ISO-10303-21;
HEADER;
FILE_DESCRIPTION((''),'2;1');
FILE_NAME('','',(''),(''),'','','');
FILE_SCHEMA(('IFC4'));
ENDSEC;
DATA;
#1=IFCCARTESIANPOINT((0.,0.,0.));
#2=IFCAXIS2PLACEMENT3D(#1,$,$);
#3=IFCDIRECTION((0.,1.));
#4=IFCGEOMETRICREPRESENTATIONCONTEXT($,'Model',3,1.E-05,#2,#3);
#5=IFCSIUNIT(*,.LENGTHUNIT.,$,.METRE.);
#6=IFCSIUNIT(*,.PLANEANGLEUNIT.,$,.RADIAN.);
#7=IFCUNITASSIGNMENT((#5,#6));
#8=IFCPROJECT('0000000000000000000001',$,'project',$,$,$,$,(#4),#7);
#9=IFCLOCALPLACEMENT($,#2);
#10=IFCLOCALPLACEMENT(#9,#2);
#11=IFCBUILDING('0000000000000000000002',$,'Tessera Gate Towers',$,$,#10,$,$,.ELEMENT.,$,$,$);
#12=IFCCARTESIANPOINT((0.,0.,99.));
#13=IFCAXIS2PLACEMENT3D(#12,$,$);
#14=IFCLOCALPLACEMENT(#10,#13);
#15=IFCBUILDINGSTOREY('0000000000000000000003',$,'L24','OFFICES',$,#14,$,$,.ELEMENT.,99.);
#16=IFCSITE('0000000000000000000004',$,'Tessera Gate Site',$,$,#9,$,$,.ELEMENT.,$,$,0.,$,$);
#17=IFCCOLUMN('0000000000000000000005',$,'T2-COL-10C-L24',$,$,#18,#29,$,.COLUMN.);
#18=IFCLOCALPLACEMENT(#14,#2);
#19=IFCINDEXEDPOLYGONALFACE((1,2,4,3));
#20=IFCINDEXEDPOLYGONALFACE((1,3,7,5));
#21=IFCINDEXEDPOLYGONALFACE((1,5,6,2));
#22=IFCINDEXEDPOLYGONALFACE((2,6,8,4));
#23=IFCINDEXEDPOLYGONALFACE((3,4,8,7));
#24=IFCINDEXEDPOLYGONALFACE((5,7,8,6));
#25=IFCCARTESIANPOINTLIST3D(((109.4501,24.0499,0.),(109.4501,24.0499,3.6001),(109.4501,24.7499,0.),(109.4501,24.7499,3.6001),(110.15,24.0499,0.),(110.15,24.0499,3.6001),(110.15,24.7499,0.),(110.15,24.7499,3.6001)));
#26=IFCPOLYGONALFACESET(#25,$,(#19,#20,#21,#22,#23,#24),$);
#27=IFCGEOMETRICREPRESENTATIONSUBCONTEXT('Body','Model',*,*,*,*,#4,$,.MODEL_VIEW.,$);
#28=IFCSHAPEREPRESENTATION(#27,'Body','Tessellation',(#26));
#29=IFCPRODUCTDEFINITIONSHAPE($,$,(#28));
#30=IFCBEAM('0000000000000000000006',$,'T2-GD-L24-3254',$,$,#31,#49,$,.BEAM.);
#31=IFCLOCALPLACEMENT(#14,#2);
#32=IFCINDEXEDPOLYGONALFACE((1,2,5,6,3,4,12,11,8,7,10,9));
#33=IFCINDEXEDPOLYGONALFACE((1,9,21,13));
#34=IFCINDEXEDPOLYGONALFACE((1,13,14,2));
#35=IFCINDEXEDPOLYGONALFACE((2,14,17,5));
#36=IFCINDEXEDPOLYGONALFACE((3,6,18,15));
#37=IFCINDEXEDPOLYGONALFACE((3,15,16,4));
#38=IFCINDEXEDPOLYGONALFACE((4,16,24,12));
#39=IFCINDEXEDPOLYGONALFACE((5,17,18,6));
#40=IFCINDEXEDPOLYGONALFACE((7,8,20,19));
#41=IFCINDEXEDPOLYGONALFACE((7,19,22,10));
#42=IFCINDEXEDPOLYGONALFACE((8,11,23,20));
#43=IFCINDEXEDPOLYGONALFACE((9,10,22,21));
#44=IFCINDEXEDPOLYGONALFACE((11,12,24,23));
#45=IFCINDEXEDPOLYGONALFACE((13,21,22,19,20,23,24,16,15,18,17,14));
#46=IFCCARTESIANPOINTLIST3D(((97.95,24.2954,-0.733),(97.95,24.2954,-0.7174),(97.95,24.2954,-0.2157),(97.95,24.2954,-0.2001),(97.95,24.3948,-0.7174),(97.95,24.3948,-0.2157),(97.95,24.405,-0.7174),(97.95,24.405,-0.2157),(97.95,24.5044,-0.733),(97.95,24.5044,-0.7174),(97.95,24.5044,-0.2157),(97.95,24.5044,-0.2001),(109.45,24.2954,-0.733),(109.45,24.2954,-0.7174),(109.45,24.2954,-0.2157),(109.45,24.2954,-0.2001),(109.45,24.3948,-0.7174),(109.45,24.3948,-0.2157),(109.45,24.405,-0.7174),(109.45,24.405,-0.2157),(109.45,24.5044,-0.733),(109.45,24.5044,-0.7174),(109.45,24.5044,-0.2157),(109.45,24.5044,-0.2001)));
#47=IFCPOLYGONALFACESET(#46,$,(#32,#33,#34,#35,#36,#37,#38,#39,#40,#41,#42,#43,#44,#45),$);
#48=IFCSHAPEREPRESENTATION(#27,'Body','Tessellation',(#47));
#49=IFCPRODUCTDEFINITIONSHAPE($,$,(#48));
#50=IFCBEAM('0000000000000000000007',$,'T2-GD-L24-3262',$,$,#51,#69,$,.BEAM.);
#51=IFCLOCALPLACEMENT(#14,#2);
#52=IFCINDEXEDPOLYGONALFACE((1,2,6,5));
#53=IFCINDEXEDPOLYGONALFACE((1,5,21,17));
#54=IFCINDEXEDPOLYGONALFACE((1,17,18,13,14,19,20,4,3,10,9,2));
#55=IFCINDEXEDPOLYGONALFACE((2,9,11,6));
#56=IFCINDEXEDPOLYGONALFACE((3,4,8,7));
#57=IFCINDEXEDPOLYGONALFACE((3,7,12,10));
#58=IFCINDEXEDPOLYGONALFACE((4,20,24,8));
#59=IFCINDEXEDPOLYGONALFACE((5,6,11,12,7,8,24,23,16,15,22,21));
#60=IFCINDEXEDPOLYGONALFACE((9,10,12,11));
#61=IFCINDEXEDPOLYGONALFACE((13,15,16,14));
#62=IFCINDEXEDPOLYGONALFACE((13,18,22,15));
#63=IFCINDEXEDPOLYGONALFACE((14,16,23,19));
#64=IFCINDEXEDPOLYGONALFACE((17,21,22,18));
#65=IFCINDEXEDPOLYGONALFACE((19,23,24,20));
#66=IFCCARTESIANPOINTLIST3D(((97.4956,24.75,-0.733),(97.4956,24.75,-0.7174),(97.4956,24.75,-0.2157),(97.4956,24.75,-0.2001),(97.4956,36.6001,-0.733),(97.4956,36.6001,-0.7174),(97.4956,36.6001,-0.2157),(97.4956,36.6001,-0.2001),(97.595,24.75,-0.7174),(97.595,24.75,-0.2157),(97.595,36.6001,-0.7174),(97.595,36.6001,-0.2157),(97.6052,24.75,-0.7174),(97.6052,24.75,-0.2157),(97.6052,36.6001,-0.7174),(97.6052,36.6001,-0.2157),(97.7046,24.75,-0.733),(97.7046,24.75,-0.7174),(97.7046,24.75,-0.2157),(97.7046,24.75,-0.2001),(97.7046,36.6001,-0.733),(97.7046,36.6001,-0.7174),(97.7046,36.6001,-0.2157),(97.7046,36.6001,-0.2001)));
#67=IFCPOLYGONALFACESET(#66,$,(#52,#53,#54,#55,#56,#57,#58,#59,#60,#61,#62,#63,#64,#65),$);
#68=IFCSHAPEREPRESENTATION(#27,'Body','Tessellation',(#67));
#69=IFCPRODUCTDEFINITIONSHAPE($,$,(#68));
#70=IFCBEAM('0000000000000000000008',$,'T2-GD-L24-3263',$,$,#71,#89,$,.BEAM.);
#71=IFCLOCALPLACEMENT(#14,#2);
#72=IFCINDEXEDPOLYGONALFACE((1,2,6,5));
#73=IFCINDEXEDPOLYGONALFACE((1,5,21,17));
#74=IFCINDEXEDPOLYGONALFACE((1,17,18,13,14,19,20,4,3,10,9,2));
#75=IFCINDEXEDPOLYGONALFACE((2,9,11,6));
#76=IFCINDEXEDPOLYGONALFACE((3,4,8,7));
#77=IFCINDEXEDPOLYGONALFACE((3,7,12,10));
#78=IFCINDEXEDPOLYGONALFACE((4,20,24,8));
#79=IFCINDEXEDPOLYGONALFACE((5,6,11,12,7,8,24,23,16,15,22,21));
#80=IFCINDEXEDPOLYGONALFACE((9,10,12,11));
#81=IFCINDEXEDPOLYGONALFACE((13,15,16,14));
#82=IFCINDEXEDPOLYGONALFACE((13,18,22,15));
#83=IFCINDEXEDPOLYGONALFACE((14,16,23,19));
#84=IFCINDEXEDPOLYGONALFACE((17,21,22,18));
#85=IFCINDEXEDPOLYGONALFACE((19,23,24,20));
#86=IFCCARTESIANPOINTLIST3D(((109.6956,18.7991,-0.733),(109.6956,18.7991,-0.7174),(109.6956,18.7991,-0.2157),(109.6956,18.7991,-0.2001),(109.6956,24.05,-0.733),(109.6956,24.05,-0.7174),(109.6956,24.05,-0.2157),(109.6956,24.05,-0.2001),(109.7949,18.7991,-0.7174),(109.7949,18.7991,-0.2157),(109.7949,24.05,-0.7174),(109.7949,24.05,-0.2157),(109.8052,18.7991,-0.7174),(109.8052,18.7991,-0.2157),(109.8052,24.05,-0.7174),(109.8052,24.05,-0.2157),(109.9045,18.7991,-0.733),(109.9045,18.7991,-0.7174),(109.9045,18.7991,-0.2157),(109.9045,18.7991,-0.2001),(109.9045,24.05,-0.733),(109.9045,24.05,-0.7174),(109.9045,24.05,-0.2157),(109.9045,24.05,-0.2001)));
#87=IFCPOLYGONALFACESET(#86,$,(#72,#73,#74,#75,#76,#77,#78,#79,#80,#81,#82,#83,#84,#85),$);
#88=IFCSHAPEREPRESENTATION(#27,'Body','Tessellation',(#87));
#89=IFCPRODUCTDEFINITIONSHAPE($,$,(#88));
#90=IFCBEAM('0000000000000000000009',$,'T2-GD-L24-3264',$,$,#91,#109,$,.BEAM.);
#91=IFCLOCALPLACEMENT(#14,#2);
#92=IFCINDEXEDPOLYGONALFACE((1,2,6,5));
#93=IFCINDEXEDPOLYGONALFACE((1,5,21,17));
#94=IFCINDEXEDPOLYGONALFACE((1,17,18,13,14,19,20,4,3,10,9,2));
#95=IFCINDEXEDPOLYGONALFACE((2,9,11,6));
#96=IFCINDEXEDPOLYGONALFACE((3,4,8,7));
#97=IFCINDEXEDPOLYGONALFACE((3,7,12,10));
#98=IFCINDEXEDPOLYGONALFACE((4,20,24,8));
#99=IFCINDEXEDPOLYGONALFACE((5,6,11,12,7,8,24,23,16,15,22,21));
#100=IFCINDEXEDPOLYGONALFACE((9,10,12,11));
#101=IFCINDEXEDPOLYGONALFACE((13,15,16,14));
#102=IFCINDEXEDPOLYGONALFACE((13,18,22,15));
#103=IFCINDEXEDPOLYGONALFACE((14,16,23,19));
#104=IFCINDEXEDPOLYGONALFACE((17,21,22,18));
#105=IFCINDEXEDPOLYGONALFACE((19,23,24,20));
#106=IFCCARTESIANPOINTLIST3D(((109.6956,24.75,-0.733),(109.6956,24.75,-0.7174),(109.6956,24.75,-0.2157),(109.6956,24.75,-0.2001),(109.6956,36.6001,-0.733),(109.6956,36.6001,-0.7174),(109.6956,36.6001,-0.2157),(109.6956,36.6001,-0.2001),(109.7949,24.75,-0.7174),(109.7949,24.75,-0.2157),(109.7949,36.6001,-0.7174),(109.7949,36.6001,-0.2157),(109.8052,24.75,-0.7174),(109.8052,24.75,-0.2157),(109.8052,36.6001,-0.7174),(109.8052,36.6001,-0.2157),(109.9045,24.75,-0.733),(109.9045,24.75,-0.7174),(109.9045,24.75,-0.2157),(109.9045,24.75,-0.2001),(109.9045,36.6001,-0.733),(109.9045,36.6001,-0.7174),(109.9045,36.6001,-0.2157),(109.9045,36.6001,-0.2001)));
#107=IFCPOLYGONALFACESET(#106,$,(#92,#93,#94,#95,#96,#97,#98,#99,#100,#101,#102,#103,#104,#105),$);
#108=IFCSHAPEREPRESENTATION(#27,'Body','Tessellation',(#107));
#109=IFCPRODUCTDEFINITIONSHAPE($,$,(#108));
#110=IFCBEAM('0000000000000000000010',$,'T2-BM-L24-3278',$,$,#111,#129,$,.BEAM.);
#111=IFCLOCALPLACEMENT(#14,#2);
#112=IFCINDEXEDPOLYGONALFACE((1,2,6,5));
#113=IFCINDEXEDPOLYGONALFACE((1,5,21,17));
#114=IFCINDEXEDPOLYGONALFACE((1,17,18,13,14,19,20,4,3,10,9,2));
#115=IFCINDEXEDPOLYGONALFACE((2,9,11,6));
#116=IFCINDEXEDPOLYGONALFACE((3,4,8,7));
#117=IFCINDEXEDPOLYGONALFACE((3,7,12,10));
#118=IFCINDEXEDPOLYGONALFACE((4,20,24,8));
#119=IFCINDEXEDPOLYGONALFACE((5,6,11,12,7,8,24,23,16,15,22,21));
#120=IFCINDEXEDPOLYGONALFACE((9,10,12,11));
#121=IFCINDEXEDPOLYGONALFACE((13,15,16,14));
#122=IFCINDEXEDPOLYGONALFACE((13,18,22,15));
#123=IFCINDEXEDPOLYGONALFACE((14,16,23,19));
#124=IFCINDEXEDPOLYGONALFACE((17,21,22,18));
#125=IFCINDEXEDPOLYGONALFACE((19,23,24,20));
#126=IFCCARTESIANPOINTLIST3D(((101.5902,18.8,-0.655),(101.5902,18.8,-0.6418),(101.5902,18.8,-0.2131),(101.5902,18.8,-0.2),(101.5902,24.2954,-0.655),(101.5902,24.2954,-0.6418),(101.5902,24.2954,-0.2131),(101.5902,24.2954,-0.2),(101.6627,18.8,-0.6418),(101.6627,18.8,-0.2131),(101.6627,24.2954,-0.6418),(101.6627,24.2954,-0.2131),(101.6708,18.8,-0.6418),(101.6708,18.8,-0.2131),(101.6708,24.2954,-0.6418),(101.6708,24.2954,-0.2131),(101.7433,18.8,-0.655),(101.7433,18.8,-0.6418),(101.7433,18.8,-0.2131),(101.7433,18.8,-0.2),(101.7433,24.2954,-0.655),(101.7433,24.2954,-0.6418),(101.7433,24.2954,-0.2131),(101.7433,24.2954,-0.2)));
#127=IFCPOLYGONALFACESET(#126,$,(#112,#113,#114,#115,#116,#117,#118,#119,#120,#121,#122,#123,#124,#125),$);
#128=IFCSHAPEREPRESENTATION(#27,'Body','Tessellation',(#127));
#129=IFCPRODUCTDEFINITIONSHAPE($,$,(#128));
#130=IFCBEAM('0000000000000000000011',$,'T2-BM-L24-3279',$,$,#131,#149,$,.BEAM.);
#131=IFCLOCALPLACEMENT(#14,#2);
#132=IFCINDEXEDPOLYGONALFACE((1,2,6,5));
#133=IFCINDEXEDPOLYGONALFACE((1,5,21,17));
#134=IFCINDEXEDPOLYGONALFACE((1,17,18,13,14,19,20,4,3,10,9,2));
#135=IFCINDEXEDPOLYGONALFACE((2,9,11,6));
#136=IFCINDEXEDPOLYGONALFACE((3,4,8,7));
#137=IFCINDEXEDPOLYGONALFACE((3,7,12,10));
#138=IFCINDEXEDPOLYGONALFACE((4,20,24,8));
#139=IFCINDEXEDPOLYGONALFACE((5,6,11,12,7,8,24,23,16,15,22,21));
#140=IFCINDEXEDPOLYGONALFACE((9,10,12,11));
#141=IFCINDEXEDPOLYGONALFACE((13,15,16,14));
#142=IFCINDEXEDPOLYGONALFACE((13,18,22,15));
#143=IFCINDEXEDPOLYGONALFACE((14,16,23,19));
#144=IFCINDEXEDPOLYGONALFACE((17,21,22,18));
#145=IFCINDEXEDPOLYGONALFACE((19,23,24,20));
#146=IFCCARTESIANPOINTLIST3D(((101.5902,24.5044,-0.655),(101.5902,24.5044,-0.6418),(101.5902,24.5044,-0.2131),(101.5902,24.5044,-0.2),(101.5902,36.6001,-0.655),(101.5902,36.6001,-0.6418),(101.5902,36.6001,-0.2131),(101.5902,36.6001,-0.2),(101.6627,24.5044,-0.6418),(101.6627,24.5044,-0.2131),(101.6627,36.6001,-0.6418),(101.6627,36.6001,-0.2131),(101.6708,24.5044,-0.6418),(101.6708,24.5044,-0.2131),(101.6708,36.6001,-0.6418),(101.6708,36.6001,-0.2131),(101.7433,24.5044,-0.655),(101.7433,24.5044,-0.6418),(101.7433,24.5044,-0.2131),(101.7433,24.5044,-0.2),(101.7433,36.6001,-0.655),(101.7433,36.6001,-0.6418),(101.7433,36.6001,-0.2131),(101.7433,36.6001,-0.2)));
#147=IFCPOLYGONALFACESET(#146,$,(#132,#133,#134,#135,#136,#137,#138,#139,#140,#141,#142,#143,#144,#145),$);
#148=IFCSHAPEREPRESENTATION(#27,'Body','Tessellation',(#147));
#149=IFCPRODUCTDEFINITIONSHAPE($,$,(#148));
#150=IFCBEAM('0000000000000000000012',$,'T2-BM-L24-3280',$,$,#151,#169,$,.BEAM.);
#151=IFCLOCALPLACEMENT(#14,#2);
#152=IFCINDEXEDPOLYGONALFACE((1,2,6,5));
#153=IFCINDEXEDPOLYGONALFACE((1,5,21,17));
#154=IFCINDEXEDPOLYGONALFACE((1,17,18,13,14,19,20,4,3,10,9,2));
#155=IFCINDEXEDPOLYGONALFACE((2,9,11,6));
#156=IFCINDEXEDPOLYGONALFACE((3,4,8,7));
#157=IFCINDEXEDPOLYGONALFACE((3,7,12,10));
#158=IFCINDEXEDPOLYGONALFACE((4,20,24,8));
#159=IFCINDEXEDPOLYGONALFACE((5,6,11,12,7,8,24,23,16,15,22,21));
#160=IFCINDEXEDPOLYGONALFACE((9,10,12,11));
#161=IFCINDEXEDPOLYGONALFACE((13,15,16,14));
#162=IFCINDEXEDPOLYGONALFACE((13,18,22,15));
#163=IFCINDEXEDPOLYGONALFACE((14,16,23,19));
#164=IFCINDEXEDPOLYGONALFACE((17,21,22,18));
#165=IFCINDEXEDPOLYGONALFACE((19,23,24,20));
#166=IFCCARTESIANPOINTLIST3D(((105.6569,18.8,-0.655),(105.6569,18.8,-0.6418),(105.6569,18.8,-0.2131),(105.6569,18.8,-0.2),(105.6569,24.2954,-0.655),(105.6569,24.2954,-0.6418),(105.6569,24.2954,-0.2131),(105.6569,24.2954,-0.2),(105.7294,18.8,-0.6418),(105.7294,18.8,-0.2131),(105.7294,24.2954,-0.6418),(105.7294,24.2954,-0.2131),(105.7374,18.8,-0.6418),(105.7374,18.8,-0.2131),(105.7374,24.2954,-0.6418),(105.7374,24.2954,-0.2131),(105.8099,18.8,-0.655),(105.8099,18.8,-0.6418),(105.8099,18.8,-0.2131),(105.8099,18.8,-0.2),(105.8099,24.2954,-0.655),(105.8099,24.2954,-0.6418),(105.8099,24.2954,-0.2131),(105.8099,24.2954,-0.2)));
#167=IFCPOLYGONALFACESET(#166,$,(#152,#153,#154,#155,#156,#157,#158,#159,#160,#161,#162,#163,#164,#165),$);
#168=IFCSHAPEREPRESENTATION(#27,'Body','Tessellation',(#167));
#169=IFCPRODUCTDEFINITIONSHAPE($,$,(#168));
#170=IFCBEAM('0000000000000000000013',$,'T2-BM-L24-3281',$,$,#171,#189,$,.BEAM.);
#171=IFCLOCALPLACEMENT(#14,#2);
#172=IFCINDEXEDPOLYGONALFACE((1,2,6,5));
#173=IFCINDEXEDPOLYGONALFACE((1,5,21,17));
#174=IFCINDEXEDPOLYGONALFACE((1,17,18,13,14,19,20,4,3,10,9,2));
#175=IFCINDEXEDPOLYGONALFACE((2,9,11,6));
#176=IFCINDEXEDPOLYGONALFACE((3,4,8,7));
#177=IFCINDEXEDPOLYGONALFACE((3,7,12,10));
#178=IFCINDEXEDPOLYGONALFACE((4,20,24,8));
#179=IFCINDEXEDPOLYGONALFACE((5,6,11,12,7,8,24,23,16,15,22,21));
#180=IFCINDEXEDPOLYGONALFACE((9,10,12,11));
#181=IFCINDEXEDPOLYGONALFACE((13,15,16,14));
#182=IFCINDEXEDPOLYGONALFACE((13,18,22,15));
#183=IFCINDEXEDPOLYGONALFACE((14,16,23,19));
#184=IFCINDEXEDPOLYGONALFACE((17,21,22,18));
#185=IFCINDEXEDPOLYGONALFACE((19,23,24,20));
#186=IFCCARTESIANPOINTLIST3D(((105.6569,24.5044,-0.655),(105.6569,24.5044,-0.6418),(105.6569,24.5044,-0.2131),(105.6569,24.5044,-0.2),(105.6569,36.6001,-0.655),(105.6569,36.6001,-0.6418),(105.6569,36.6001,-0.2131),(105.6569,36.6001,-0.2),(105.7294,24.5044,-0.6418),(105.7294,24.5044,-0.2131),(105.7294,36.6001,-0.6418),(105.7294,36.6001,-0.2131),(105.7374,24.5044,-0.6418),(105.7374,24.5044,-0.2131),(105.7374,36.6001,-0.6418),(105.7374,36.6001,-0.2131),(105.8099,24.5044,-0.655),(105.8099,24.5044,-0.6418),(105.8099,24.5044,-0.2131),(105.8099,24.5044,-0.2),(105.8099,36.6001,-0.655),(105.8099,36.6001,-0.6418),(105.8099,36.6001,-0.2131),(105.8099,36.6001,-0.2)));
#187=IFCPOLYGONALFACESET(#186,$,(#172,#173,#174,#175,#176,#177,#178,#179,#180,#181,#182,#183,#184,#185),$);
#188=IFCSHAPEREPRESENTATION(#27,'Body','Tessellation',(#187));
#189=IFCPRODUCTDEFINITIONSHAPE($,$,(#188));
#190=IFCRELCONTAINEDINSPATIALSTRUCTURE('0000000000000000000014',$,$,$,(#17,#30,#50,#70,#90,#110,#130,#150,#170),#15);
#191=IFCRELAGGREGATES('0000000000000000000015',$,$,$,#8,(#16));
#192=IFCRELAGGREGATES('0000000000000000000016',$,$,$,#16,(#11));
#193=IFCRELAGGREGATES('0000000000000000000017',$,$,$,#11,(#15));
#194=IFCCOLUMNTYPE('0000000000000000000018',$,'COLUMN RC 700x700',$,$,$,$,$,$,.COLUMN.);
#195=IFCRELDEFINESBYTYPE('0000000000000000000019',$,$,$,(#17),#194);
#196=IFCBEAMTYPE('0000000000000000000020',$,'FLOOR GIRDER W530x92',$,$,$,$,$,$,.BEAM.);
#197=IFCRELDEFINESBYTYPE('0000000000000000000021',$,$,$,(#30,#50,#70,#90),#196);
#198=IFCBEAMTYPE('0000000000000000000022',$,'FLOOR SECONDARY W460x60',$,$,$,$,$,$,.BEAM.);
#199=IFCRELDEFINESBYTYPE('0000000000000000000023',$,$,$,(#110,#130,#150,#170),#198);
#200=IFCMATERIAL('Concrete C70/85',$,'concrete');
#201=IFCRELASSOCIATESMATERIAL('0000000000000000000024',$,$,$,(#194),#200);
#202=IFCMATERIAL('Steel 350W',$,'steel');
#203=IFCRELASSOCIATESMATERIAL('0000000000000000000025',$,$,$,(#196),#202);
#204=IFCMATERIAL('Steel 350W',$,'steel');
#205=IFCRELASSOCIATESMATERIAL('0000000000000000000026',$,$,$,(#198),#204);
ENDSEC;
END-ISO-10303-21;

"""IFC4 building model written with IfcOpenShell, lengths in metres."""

from ifc_helpers import new_model, si_unit, direction, frame, origin, origin_2d, place, context, subcontext, project, spatial, rectangle, i_section, extrude, material, material_profile, profile_set, type_object, element, save


model = new_model("IFC4")

# Units and contexts
model_context = context("Model", 3, precision=1e-05, world=origin(), true_north=direction((0.0, 1.0)))
body_context = subcontext(model_context, "Body", "Model", "MODEL_VIEW")
ifc_project = project(units=[si_unit("LENGTHUNIT", "METRE"), si_unit("PLANEANGLEUNIT", "RADIAN")], contexts=[model_context])

# Site, building, storey
site_placement = place(None, origin())
site = spatial("IfcSite", under=ifc_project, at=site_placement, Name="Tessera Gate Site", CompositionType="ELEMENT", RefElevation=0.0)
building_placement = place(site_placement, origin())
building = spatial("IfcBuilding", under=site, at=building_placement, Name="Tessera Gate Towers", CompositionType="ELEMENT")
storey_placement = place(building_placement, frame((0.0, 0.0, 99.0)))
storey = spatial("IfcBuildingStorey", under=building, at=storey_placement, Name="L24", Description="OFFICES", CompositionType="ELEMENT", Elevation=99.0)

# Column
ifc_material_1 = material(Name="Concrete C70/85", Category="concrete")
ifc_material_profile_1 = material_profile(ifc_material_1, rectangle(XDim=0.7, YDim=0.7, at=origin_2d()), Name="RC 700x700")
ifc_profile_set_1 = profile_set([ifc_material_profile_1], Name="Concrete C70/85")
column_type = type_object("IfcColumnType", Name="COLUMN RC 700x700", PredefinedType="COLUMN", material=ifc_profile_set_1)
column_placement = place(storey_placement, frame((109.8, 24.3999, 0.0), z_axis=(0.0, 0.0, 1.0), x_axis=(1.0, 0.0, 0.0)))
element("IfcColumn", 1, at=column_placement, inside=storey, type_object=column_type, Name="T2-COL-10C-L24", PredefinedType="COLUMN", context=body_context, shape_type="SweptSolid", body=[
    extrude(rectangle(XDim=0.7, YDim=0.7, at=origin_2d()), origin(), (0.0, 0.0, 1.0), 3.6001),
])

# Beams
ifc_material_2 = material(Name="Steel 350W", Category="steel")
ifc_material_profile_2 = material_profile(ifc_material_2, i_section(OverallWidth=0.209, OverallDepth=0.533, WebThickness=0.0103, FlangeThickness=0.0156, at=origin_2d()), Name="W530x92")
ifc_profile_set_2 = profile_set([ifc_material_profile_2], Name="Steel 350W")
beam_type_1 = type_object("IfcBeamType", Name="FLOOR GIRDER W530x92", PredefinedType="BEAM", material=ifc_profile_set_2)
beam_1_placement = place(storey_placement, frame((97.95, 24.3999, -0.4666), z_axis=(1.0, 0.0, 0.0), x_axis=(0.0, 1.0, 0.0)))
element("IfcBeam", 2, at=beam_1_placement, inside=storey, type_object=beam_type_1, Name="T2-GD-L24-3254", PredefinedType="BEAM", context=body_context, shape_type="SweptSolid", body=[
    extrude(i_section(OverallWidth=0.209, OverallDepth=0.533, WebThickness=0.0103, FlangeThickness=0.0156, at=origin_2d()), origin(), (0.0, 0.0, 1.0), 11.5),
])
beam_2_placement = place(storey_placement, frame((97.6001, 24.75, -0.4666), z_axis=(0.0, 1.0, 0.0), x_axis=(-1.0, 0.0, 0.0)))
element("IfcBeam", 3, at=beam_2_placement, inside=storey, type_object=beam_type_1, Name="T2-GD-L24-3262", PredefinedType="BEAM", context=body_context, shape_type="SweptSolid", body=[
    extrude(i_section(OverallWidth=0.209, OverallDepth=0.533, WebThickness=0.0103, FlangeThickness=0.0156, at=origin_2d()), origin(), (0.0, 0.0, 1.0), 11.8501),
])
beam_3_placement = place(storey_placement, frame((109.8, 18.7991, -0.4666), z_axis=(0.0, 1.0, 0.0), x_axis=(-1.0, 0.0, 0.0)))
element("IfcBeam", 4, at=beam_3_placement, inside=storey, type_object=beam_type_1, Name="T2-GD-L24-3263", PredefinedType="BEAM", context=body_context, shape_type="SweptSolid", body=[
    extrude(i_section(OverallWidth=0.209, OverallDepth=0.533, WebThickness=0.0103, FlangeThickness=0.0156, at=origin_2d()), origin(), (0.0, 0.0, 1.0), 5.251),
])
beam_4_placement = place(storey_placement, frame((109.8, 24.75, -0.4666), z_axis=(0.0, 1.0, 0.0), x_axis=(-1.0, 0.0, 0.0)))
element("IfcBeam", 5, at=beam_4_placement, inside=storey, type_object=beam_type_1, Name="T2-GD-L24-3264", PredefinedType="BEAM", context=body_context, shape_type="SweptSolid", body=[
    extrude(i_section(OverallWidth=0.209, OverallDepth=0.533, WebThickness=0.0103, FlangeThickness=0.0156, at=origin_2d()), origin(), (0.0, 0.0, 1.0), 11.8501),
])
ifc_material_3 = material(Name="Steel 350W", Category="steel")
ifc_material_profile_3 = material_profile(ifc_material_3, i_section(OverallWidth=0.1531, OverallDepth=0.4551, WebThickness=0.0081, FlangeThickness=0.0132, at=origin_2d()), Name="W460x60")
ifc_profile_set_3 = profile_set([ifc_material_profile_3], Name="Steel 350W")
beam_type_2 = type_object("IfcBeamType", Name="FLOOR SECONDARY W460x60", PredefinedType="BEAM", material=ifc_profile_set_3)
beam_5_placement = place(storey_placement, frame((101.6667, 18.8, -0.4275), z_axis=(0.0, 1.0, 0.0), x_axis=(-1.0, 0.0, 0.0)))
element("IfcBeam", 6, at=beam_5_placement, inside=storey, type_object=beam_type_2, Name="T2-BM-L24-3278", PredefinedType="BEAM", context=body_context, shape_type="SweptSolid", body=[
    extrude(i_section(OverallWidth=0.1531, OverallDepth=0.4551, WebThickness=0.0081, FlangeThickness=0.0132, at=origin_2d()), origin(), (0.0, 0.0, 1.0), 5.4954),
])
beam_6_placement = place(storey_placement, frame((101.6667, 24.5044, -0.4275), z_axis=(0.0, 1.0, 0.0), x_axis=(-1.0, 0.0, 0.0)))
element("IfcBeam", 7, at=beam_6_placement, inside=storey, type_object=beam_type_2, Name="T2-BM-L24-3279", PredefinedType="BEAM", context=body_context, shape_type="SweptSolid", body=[
    extrude(i_section(OverallWidth=0.1531, OverallDepth=0.4551, WebThickness=0.0081, FlangeThickness=0.0132, at=origin_2d()), origin(), (0.0, 0.0, 1.0), 12.0957),
])
beam_7_placement = place(storey_placement, frame((105.7334, 18.8, -0.4275), z_axis=(0.0, 1.0, 0.0), x_axis=(-1.0, 0.0, 0.0)))
element("IfcBeam", 8, at=beam_7_placement, inside=storey, type_object=beam_type_2, Name="T2-BM-L24-3280", PredefinedType="BEAM", context=body_context, shape_type="SweptSolid", body=[
    extrude(i_section(OverallWidth=0.1531, OverallDepth=0.4551, WebThickness=0.0081, FlangeThickness=0.0132, at=origin_2d()), origin(), (0.0, 0.0, 1.0), 5.4954),
])
beam_8_placement = place(storey_placement, frame((105.7334, 24.5044, -0.4275), z_axis=(0.0, 1.0, 0.0), x_axis=(-1.0, 0.0, 0.0)))
element("IfcBeam", 9, at=beam_8_placement, inside=storey, type_object=beam_type_2, Name="T2-BM-L24-3281", PredefinedType="BEAM", context=body_context, shape_type="SweptSolid", body=[
    extrude(i_section(OverallWidth=0.1531, OverallDepth=0.4551, WebThickness=0.0081, FlangeThickness=0.0132, at=origin_2d()), origin(), (0.0, 0.0, 1.0), 12.0957),
])

save(model, "model.ifc")
